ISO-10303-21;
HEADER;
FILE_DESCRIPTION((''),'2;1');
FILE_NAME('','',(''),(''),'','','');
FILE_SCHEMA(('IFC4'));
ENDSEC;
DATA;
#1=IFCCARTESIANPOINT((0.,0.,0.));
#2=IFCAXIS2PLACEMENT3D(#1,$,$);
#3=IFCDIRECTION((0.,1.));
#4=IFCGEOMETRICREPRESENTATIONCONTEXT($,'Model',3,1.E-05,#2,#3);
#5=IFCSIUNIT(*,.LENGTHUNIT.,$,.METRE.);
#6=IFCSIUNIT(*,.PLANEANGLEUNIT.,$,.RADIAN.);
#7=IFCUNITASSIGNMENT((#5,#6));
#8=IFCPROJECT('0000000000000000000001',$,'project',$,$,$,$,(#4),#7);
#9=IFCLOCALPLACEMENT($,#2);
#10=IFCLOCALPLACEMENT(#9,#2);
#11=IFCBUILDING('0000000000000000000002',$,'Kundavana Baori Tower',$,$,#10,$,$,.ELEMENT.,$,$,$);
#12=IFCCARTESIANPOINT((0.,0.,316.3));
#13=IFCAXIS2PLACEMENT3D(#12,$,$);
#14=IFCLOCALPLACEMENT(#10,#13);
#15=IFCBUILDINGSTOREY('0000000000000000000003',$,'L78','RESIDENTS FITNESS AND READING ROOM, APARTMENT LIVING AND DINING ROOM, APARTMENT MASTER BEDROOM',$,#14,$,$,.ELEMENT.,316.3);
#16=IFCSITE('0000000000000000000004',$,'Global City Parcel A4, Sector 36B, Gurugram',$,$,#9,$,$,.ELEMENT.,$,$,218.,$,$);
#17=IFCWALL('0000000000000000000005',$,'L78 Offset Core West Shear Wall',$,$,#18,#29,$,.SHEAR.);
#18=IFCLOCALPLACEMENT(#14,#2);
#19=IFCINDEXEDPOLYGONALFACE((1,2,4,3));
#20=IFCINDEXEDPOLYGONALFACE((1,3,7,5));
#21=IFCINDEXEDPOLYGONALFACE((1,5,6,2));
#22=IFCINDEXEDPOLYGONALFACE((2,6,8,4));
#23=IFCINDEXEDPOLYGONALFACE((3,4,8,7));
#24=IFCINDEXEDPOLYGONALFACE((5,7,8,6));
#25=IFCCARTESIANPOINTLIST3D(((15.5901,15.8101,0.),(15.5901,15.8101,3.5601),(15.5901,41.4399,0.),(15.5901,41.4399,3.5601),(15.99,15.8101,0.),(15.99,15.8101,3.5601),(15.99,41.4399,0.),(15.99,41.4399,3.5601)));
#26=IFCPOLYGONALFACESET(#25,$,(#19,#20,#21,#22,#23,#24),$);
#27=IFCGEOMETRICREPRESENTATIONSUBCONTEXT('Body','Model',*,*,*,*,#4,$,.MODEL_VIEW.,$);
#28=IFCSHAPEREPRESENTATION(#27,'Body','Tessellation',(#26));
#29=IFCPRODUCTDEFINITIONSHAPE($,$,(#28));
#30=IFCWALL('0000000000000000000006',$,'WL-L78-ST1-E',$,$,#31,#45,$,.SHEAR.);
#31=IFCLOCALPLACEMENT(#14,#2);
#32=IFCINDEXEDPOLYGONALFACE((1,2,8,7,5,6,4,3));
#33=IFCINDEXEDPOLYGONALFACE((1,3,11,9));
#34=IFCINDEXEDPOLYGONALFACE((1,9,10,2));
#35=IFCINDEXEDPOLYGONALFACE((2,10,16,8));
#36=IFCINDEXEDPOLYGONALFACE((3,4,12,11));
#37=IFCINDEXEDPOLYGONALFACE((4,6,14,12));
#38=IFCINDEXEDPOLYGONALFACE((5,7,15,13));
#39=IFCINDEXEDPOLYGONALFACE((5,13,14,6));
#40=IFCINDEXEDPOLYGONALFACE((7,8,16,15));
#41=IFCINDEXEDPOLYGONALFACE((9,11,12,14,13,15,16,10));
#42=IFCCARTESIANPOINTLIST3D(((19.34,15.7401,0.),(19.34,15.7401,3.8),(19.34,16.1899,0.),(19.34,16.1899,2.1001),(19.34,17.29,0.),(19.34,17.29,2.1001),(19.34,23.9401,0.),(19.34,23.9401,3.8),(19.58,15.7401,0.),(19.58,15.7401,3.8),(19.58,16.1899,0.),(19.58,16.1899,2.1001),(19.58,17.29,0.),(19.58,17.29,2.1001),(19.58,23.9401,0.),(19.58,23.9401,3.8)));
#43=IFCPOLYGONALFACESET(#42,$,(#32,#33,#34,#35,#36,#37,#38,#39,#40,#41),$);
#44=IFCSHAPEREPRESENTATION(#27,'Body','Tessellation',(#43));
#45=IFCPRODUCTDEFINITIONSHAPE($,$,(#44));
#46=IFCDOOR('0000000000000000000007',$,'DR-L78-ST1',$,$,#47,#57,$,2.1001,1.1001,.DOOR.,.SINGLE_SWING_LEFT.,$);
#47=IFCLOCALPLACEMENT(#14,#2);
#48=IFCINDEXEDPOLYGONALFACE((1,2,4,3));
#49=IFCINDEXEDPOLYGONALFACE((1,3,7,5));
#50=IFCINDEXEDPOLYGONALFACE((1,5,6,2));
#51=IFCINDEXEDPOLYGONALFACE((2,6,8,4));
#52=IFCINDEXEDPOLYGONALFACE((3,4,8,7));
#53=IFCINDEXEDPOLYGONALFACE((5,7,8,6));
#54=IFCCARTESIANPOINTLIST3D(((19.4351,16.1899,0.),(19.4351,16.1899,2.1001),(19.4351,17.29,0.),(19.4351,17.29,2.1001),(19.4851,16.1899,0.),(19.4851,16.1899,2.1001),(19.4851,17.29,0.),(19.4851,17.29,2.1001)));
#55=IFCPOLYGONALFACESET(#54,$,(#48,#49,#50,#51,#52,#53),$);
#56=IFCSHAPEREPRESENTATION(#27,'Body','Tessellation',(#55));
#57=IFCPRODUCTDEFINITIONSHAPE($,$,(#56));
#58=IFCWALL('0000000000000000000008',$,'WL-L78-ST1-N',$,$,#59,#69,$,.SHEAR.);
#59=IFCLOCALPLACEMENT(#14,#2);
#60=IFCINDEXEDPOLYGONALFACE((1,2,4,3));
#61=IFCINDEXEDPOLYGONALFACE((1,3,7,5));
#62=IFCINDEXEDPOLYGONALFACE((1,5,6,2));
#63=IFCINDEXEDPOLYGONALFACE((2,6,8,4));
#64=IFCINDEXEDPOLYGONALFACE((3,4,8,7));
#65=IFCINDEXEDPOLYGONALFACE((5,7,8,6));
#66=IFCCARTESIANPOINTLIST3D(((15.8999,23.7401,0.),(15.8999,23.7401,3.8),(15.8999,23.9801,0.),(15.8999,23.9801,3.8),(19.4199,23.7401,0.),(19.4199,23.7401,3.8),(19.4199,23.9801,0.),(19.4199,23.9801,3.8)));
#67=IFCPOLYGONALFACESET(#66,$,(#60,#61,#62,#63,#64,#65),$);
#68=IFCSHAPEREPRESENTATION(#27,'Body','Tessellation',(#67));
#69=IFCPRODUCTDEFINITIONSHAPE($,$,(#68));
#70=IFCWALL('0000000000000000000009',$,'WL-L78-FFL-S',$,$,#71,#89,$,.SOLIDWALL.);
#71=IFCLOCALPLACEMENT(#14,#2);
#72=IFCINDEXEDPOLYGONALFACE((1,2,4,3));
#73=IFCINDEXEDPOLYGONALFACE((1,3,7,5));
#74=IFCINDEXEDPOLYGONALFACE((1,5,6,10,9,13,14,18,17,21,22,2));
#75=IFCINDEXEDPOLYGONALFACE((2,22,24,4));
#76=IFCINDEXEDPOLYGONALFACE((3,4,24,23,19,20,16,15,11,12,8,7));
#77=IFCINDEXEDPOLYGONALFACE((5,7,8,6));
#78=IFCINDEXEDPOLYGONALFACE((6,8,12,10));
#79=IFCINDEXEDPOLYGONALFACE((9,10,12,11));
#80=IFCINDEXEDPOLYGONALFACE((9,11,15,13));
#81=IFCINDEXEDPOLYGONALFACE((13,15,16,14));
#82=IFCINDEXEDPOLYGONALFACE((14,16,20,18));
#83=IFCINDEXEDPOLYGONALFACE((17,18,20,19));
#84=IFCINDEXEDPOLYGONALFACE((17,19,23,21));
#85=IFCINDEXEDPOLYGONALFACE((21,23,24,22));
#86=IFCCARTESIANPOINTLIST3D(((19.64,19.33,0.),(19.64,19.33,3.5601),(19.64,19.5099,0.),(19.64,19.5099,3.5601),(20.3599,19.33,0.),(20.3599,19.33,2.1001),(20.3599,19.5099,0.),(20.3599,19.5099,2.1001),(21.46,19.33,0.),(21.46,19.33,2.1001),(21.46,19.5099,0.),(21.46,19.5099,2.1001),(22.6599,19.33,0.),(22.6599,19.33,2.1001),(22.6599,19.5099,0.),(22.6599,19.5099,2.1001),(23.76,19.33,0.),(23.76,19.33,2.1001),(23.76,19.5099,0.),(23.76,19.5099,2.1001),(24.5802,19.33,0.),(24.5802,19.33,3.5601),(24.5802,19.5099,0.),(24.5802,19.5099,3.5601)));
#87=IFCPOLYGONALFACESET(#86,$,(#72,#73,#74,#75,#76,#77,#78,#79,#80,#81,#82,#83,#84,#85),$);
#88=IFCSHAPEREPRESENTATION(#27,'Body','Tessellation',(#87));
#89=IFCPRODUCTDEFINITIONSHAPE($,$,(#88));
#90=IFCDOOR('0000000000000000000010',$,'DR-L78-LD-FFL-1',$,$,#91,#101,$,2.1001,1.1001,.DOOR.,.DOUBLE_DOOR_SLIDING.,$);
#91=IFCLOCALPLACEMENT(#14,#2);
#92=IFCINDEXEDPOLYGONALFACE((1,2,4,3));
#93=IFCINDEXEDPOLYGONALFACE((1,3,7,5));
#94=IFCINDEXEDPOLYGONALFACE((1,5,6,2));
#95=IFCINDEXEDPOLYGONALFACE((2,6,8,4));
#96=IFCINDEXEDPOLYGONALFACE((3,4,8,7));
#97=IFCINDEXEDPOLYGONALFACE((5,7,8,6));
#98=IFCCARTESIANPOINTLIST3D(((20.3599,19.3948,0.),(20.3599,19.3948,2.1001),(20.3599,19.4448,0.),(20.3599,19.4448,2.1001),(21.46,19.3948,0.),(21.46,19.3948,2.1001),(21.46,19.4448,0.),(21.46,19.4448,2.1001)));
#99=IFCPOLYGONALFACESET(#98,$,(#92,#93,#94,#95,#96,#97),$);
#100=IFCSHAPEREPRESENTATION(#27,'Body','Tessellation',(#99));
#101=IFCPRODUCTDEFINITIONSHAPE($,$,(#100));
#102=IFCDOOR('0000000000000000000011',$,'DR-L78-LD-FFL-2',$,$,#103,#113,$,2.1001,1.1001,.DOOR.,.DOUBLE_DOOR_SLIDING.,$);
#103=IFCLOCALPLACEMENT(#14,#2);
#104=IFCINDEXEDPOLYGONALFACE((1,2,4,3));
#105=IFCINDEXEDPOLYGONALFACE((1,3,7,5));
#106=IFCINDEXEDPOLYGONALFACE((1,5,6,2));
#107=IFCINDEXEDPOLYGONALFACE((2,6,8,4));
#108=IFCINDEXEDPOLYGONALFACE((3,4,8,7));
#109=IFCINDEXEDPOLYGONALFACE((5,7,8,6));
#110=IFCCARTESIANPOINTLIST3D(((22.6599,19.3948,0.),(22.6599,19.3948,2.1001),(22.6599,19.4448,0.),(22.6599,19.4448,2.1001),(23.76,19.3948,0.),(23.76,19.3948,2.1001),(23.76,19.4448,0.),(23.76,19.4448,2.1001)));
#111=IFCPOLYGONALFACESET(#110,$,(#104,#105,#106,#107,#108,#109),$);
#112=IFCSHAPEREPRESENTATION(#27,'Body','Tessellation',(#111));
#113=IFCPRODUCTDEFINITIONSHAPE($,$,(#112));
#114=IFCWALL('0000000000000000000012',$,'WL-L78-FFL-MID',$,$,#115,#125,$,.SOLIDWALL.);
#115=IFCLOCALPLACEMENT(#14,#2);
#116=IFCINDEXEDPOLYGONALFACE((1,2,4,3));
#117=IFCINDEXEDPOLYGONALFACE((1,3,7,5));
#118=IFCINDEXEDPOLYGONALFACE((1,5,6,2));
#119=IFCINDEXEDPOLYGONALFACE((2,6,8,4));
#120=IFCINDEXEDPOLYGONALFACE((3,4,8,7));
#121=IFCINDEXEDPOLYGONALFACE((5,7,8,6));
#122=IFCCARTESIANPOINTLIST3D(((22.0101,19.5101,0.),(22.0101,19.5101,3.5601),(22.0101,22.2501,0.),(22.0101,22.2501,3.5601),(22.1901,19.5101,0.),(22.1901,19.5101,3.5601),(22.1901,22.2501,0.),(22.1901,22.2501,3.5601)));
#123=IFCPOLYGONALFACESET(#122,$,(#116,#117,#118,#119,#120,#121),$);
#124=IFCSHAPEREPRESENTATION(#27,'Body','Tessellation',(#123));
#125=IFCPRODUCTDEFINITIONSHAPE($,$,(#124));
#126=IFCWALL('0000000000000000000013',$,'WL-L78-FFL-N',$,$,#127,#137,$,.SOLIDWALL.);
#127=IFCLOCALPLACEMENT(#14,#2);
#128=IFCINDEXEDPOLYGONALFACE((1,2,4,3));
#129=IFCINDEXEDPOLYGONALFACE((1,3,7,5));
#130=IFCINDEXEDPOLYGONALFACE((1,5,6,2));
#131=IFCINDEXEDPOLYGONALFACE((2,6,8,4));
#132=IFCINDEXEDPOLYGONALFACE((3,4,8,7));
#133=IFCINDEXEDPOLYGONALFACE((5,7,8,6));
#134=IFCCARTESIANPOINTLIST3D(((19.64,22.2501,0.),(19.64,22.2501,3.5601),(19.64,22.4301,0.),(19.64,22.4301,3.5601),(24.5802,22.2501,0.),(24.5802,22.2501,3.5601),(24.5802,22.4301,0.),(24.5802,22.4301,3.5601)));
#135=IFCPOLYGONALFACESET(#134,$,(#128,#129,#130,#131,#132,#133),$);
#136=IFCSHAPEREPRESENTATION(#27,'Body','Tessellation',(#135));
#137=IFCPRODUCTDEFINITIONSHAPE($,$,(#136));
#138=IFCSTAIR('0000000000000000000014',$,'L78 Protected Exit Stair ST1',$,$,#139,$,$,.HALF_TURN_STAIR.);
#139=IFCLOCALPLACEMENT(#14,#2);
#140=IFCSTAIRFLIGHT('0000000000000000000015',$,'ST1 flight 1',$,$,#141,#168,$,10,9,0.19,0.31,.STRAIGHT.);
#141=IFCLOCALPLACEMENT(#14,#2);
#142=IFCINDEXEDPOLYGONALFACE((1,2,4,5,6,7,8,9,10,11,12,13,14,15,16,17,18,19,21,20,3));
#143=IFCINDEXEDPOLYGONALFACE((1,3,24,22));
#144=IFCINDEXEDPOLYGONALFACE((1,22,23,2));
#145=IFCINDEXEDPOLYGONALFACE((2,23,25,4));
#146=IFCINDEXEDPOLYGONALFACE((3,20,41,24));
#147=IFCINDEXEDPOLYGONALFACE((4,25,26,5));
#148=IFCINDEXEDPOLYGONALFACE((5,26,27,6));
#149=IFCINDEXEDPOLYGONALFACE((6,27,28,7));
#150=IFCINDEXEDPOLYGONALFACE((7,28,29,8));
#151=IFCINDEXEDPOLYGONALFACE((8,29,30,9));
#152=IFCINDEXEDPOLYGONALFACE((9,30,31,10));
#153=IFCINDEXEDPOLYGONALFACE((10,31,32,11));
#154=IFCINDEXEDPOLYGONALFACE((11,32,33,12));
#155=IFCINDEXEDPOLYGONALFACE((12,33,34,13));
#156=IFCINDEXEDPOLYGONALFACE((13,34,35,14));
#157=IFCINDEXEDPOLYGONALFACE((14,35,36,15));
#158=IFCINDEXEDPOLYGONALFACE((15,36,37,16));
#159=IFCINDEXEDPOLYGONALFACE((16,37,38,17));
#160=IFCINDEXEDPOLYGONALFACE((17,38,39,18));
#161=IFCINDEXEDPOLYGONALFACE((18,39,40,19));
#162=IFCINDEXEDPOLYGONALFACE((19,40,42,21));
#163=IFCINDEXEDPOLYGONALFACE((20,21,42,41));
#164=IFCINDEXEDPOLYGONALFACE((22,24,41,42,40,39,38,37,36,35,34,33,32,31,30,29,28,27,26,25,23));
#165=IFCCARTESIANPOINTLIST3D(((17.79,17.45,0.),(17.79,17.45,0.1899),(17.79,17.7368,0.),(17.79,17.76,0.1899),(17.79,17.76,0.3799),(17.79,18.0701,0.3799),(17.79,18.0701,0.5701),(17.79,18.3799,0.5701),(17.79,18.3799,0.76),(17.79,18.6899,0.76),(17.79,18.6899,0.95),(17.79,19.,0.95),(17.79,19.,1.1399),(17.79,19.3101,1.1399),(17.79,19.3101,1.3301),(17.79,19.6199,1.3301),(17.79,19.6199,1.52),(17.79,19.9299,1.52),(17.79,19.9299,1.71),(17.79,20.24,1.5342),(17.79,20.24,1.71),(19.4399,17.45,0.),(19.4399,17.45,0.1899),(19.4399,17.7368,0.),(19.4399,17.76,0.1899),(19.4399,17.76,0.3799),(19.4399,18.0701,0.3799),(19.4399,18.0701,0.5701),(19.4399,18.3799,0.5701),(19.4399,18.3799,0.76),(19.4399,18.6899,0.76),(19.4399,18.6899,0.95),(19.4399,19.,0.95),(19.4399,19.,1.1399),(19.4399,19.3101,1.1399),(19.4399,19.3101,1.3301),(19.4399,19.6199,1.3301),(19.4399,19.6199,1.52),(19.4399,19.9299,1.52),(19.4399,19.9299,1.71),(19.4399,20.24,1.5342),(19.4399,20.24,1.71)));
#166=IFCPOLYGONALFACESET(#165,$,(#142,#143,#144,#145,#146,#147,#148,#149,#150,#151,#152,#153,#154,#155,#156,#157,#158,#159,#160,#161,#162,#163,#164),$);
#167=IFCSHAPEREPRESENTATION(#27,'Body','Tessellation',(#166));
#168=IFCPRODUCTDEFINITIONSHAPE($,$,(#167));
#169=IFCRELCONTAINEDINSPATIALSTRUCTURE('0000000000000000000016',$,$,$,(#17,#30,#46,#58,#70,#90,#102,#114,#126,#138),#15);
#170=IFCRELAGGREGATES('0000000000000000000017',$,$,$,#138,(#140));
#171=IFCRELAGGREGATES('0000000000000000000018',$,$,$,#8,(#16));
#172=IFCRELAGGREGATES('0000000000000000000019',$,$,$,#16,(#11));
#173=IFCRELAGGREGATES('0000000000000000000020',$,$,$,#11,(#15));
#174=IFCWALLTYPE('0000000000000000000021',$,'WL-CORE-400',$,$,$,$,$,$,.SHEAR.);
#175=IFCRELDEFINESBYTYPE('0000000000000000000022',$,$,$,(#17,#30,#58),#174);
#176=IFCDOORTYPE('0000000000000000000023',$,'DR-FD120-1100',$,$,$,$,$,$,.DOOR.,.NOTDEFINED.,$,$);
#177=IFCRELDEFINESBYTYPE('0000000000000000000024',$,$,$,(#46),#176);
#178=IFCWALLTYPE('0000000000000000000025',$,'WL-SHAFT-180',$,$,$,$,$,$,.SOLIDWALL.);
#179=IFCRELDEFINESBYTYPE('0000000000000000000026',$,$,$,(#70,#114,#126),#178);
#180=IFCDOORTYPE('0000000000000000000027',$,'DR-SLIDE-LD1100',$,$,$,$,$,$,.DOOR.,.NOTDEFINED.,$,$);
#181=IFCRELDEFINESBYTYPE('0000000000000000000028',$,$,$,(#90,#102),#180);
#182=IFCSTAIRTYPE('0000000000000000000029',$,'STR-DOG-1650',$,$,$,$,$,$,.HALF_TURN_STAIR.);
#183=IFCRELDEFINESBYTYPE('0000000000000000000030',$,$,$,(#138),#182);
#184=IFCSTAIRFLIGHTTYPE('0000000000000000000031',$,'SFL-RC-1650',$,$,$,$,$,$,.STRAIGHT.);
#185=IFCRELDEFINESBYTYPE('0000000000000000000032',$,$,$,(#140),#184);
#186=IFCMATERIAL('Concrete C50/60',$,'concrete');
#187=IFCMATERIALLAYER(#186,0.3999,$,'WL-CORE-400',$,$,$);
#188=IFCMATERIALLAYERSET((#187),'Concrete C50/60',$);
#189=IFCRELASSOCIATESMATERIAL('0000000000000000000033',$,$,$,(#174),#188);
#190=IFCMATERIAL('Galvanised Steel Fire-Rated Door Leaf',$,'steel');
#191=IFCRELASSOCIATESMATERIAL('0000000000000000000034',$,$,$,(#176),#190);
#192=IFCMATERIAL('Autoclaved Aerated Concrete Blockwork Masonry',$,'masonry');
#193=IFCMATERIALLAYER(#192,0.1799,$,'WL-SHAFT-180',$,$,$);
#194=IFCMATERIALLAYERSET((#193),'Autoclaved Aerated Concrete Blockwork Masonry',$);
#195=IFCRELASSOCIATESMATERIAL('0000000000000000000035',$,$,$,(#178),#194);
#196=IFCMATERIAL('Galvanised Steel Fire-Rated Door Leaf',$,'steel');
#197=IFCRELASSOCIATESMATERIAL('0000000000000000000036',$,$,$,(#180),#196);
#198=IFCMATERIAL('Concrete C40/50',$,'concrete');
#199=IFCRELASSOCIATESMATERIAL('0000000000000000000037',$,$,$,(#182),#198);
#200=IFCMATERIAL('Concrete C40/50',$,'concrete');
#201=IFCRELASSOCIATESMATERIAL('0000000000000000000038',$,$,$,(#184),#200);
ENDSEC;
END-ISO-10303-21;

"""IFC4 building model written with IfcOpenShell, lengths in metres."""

from ifc_helpers import new_model, si_unit, direction, frame, frame_2d, origin, place, context, subcontext, project, spatial, polyline, rectangle, outline, extrude, material, layer, layer_set, type_object, element, fill, aggregate, save


model = new_model("IFC4")

# Units and contexts
model_context = context("Model", 3, precision=1e-05, world=origin(), true_north=direction((0.0, 1.0)))
body_context = subcontext(model_context, "Body", "Model", "MODEL_VIEW")
ifc_project = project(units=[si_unit("LENGTHUNIT", "METRE"), si_unit("PLANEANGLEUNIT", "RADIAN")], contexts=[model_context])

# Site, building, storey
site_placement = place(None, origin())
site = spatial("IfcSite", under=ifc_project, at=site_placement, Name="Global City Parcel A4, Sector 36B, Gurugram", CompositionType="ELEMENT", RefElevation=218.0)
building_placement = place(site_placement, origin())
building = spatial("IfcBuilding", under=site, at=building_placement, Name="Kundavana Baori Tower", CompositionType="ELEMENT")
storey_placement = place(building_placement, frame((0.0, 0.0, 316.3)))
storey = spatial("IfcBuildingStorey", under=building, at=storey_placement, Name="L78", Description="RESIDENTS FITNESS AND READING ROOM, APARTMENT LIVING AND DINING ROOM, APARTMENT MASTER BEDROOM", CompositionType="ELEMENT", Elevation=316.3)

# Wall
ifc_material_1 = material(Name="Concrete C50/60", Category="concrete")
ifc_layer_1 = layer(ifc_material_1, 0.3999, Name="WL-CORE-400")
ifc_layer_set_1 = layer_set([ifc_layer_1], Name="Concrete C50/60")
wall_type_1 = type_object("IfcWallType", Name="WL-CORE-400", PredefinedType="SHEAR", material=ifc_layer_set_1)
wall_1_placement = place(storey_placement, frame((15.79, 15.8101, 0.0), z_axis=(0.0, 0.0, 1.0), x_axis=(0.0, 1.0, 0.0)))
element("IfcWall", 1, at=wall_1_placement, inside=storey, type_object=wall_type_1, Name="L78 Offset Core West Shear Wall", PredefinedType="SHEAR", context=body_context, shape_type="SweptSolid", body=[
    extrude(rectangle(XDim=25.6299, YDim=0.3999, at=frame_2d((12.8149, 0.0))), origin(), (0.0, 0.0, 1.0), 3.5601),
])

# Wall, opening, door
wall_2_placement = place(storey_placement, frame((19.46, 15.74, 0.0), z_axis=(0.0, 0.0, 1.0), x_axis=(0.0, 1.0, 0.0)))
wall_2 = element("IfcWall", 2, at=wall_2_placement, inside=storey, type_object=wall_type_1, Name="WL-L78-ST1-E", PredefinedType="SHEAR", context=body_context, shape_type="SweptSolid", body=[
    extrude(rectangle(XDim=8.2, YDim=0.24, at=frame_2d((4.1001, 0.0))), origin(), (0.0, 0.0, 1.0), 3.8),
])
opening_1_placement = place(wall_2_placement, frame((0.45, 0.0, 0.0)))
opening_1 = element("IfcOpeningElement", 3, at=opening_1_placement, cuts=wall_2, PredefinedType="OPENING", context=body_context, shape_type="SweptSolid", body=[
    extrude(rectangle(XDim=1.1001, YDim=2.1001, at=frame_2d((0.55, 1.05))), frame((0.0, 0.1299, 0.0), z_axis=(0.0, -1.0, 0.0), x_axis=(1.0, 0.0, 0.0)), (0.0, 0.0, 1.0), 0.26),
])
ifc_material_2 = material(Name="Galvanised Steel Fire-Rated Door Leaf", Category="steel")
door_type_1 = type_object("IfcDoorType", Name="DR-FD120-1100", OperationType="NOTDEFINED", PredefinedType="DOOR", material=ifc_material_2)
door_1_placement = place(opening_1_placement, origin())
door_1 = element("IfcDoor", 4, at=door_1_placement, inside=storey, type_object=door_type_1, Name="DR-L78-ST1", OperationType="SINGLE_SWING_LEFT", OverallHeight=2.1001, OverallWidth=1.1001, PredefinedType="DOOR", context=body_context, shape_type="SweptSolid", body=[
    extrude(rectangle(XDim=1.1001, YDim=2.1001, at=frame_2d((0.55, 1.05))), frame((0.0, 0.0249, 0.0), z_axis=(0.0, -1.0, 0.0), x_axis=(1.0, 0.0, 0.0)), (0.0, 0.0, 1.0), 0.05),
])
fill(opening_1, door_1)

# Wall
wall_3_placement = place(storey_placement, frame((15.8999, 23.8601, 0.0), z_axis=(0.0, 0.0, 1.0), x_axis=(1.0, 0.0, 0.0)))
element("IfcWall", 5, at=wall_3_placement, inside=storey, type_object=wall_type_1, Name="WL-L78-ST1-N", PredefinedType="SHEAR", context=body_context, shape_type="SweptSolid", body=[
    extrude(rectangle(XDim=3.52, YDim=0.24, at=frame_2d((1.76, 0.0))), origin(), (0.0, 0.0, 1.0), 3.8),
])

# Wall, openings, doors
ifc_material_3 = material(Name="Autoclaved Aerated Concrete Blockwork Masonry", Category="masonry")
ifc_layer_2 = layer(ifc_material_3, 0.1799, Name="WL-SHAFT-180")
ifc_layer_set_2 = layer_set([ifc_layer_2], Name="Autoclaved Aerated Concrete Blockwork Masonry")
wall_type_2 = type_object("IfcWallType", Name="WL-SHAFT-180", PredefinedType="SOLIDWALL", material=ifc_layer_set_2)
wall_4_placement = place(storey_placement, frame((19.6399, 19.4199, 0.0), z_axis=(0.0, 0.0, 1.0), x_axis=(1.0, 0.0, 0.0)))
wall_4 = element("IfcWall", 6, at=wall_4_placement, inside=storey, type_object=wall_type_2, Name="WL-L78-FFL-S", PredefinedType="SOLIDWALL", context=body_context, shape_type="SweptSolid", body=[
    extrude(rectangle(XDim=4.9402, YDim=0.1799, at=frame_2d((2.4702, 0.0))), origin(), (0.0, 0.0, 1.0), 3.5601),
])
opening_2_placement = place(wall_4_placement, frame((0.72, 0.0, 0.0)))
opening_2 = element("IfcOpeningElement", 7, at=opening_2_placement, cuts=wall_4, PredefinedType="OPENING", context=body_context, shape_type="SweptSolid", body=[
    extrude(rectangle(XDim=1.1001, YDim=2.1001, at=frame_2d((0.55, 1.05))), frame((0.0, 0.1001, 0.0), z_axis=(0.0, -1.0, 0.0), x_axis=(1.0, 0.0, 0.0)), (0.0, 0.0, 1.0), 0.2),
])
opening_3_placement = place(wall_4_placement, frame((3.02, 0.0, 0.0)))
opening_3 = element("IfcOpeningElement", 8, at=opening_3_placement, cuts=wall_4, PredefinedType="OPENING", context=body_context, shape_type="SweptSolid", body=[
    extrude(rectangle(XDim=1.1001, YDim=2.1001, at=frame_2d((0.55, 1.05))), frame((0.0, 0.1001, 0.0), z_axis=(0.0, -1.0, 0.0), x_axis=(1.0, 0.0, 0.0)), (0.0, 0.0, 1.0), 0.2),
])
ifc_material_4 = material(Name="Galvanised Steel Fire-Rated Door Leaf", Category="steel")
door_type_2 = type_object("IfcDoorType", Name="DR-SLIDE-LD1100", OperationType="NOTDEFINED", PredefinedType="DOOR", material=ifc_material_4)
door_2_placement = place(opening_2_placement, origin())
door_2 = element("IfcDoor", 9, at=door_2_placement, inside=storey, type_object=door_type_2, Name="DR-L78-LD-FFL-1", OperationType="DOUBLE_DOOR_SLIDING", OverallHeight=2.1001, OverallWidth=1.1001, PredefinedType="DOOR", context=body_context, shape_type="SweptSolid", body=[
    extrude(rectangle(XDim=1.1001, YDim=2.1001, at=frame_2d((0.55, 1.05))), frame((0.0, 0.0249, 0.0), z_axis=(0.0, -1.0, 0.0), x_axis=(1.0, 0.0, 0.0)), (0.0, 0.0, 1.0), 0.05),
])
fill(opening_2, door_2)
door_3_placement = place(opening_3_placement, origin())
door_3 = element("IfcDoor", 10, at=door_3_placement, inside=storey, type_object=door_type_2, Name="DR-L78-LD-FFL-2", OperationType="DOUBLE_DOOR_SLIDING", OverallHeight=2.1001, OverallWidth=1.1001, PredefinedType="DOOR", context=body_context, shape_type="SweptSolid", body=[
    extrude(rectangle(XDim=1.1001, YDim=2.1001, at=frame_2d((0.55, 1.05))), frame((0.0, 0.0249, 0.0), z_axis=(0.0, -1.0, 0.0), x_axis=(1.0, 0.0, 0.0)), (0.0, 0.0, 1.0), 0.05),
])
fill(opening_3, door_3)

# Walls
wall_5_placement = place(storey_placement, frame((22.1001, 19.51, 0.0), z_axis=(0.0, 0.0, 1.0), x_axis=(0.0, 1.0, 0.0)))
element("IfcWall", 11, at=wall_5_placement, inside=storey, type_object=wall_type_2, Name="WL-L78-FFL-MID", PredefinedType="SOLIDWALL", context=body_context, shape_type="SweptSolid", body=[
    extrude(rectangle(XDim=2.74, YDim=0.1799, at=frame_2d((1.3701, 0.0))), origin(), (0.0, 0.0, 1.0), 3.5601),
])
wall_6_placement = place(storey_placement, frame((19.6399, 22.3401, 0.0), z_axis=(0.0, 0.0, 1.0), x_axis=(1.0, 0.0, 0.0)))
element("IfcWall", 12, at=wall_6_placement, inside=storey, type_object=wall_type_2, Name="WL-L78-FFL-N", PredefinedType="SOLIDWALL", context=body_context, shape_type="SweptSolid", body=[
    extrude(rectangle(XDim=4.9402, YDim=0.1799, at=frame_2d((2.4702, 0.0))), origin(), (0.0, 0.0, 1.0), 3.5601),
])

# Stair, stair flight
ifc_material_5 = material(Name="Concrete C40/50", Category="concrete")
stair_type = type_object("IfcStairType", Name="STR-DOG-1650", PredefinedType="HALF_TURN_STAIR", material=ifc_material_5)
stair_placement = place(storey_placement, origin())
stair = element("IfcStair", 13, at=stair_placement, inside=storey, type_object=stair_type, Name="L78 Protected Exit Stair ST1", PredefinedType="HALF_TURN_STAIR")
ifc_material_6 = material(Name="Concrete C40/50", Category="concrete")
stair_flight_type = type_object("IfcStairFlightType", Name="SFL-RC-1650", PredefinedType="STRAIGHT", material=ifc_material_6)
stair_flight_1_placement = place(storey_placement, frame((18.615, 17.45, 0.0), z_axis=(0.0, 0.0, 1.0), x_axis=(0.0, 1.0, 0.0)))
stair_flight_1 = element("IfcStairFlight", 14, at=stair_flight_1_placement, type_object=stair_flight_type, Name="ST1 flight 1", NumberOfRisers=10, NumberOfTreads=9, PredefinedType="STRAIGHT", RiserHeight=0.19, TreadLength=0.31, context=body_context, shape_type="SweptSolid", body=[
    extrude(outline(polyline([(0.0, 0.0), (0.0, 0.1899), (0.3101, 0.1899), (0.3101, 0.3799), (0.6201, 0.3799), (0.6201, 0.5701), (0.9299, 0.5701), (0.9299, 0.76), (1.24, 0.76), (1.24, 0.95), (1.55, 0.95), (1.55, 1.1399), (1.8601, 1.1399), (1.8601, 1.3301), (2.1699, 1.3301), (2.1699, 1.52), (2.48, 1.52), (2.48, 1.71), (2.79, 1.71), (2.79, 1.8999), (2.79, 1.5342), (0.2869, 0.0), (0.0, 0.0)])), frame((0.0, 0.825, 0.0), z_axis=(0.0, -1.0, 0.0), x_axis=(1.0, 0.0, 0.0)), (0.0, 0.0, 1.0), 1.6499),
])
aggregate(stair, [stair_flight_1])

save(model, "model.ifc")
